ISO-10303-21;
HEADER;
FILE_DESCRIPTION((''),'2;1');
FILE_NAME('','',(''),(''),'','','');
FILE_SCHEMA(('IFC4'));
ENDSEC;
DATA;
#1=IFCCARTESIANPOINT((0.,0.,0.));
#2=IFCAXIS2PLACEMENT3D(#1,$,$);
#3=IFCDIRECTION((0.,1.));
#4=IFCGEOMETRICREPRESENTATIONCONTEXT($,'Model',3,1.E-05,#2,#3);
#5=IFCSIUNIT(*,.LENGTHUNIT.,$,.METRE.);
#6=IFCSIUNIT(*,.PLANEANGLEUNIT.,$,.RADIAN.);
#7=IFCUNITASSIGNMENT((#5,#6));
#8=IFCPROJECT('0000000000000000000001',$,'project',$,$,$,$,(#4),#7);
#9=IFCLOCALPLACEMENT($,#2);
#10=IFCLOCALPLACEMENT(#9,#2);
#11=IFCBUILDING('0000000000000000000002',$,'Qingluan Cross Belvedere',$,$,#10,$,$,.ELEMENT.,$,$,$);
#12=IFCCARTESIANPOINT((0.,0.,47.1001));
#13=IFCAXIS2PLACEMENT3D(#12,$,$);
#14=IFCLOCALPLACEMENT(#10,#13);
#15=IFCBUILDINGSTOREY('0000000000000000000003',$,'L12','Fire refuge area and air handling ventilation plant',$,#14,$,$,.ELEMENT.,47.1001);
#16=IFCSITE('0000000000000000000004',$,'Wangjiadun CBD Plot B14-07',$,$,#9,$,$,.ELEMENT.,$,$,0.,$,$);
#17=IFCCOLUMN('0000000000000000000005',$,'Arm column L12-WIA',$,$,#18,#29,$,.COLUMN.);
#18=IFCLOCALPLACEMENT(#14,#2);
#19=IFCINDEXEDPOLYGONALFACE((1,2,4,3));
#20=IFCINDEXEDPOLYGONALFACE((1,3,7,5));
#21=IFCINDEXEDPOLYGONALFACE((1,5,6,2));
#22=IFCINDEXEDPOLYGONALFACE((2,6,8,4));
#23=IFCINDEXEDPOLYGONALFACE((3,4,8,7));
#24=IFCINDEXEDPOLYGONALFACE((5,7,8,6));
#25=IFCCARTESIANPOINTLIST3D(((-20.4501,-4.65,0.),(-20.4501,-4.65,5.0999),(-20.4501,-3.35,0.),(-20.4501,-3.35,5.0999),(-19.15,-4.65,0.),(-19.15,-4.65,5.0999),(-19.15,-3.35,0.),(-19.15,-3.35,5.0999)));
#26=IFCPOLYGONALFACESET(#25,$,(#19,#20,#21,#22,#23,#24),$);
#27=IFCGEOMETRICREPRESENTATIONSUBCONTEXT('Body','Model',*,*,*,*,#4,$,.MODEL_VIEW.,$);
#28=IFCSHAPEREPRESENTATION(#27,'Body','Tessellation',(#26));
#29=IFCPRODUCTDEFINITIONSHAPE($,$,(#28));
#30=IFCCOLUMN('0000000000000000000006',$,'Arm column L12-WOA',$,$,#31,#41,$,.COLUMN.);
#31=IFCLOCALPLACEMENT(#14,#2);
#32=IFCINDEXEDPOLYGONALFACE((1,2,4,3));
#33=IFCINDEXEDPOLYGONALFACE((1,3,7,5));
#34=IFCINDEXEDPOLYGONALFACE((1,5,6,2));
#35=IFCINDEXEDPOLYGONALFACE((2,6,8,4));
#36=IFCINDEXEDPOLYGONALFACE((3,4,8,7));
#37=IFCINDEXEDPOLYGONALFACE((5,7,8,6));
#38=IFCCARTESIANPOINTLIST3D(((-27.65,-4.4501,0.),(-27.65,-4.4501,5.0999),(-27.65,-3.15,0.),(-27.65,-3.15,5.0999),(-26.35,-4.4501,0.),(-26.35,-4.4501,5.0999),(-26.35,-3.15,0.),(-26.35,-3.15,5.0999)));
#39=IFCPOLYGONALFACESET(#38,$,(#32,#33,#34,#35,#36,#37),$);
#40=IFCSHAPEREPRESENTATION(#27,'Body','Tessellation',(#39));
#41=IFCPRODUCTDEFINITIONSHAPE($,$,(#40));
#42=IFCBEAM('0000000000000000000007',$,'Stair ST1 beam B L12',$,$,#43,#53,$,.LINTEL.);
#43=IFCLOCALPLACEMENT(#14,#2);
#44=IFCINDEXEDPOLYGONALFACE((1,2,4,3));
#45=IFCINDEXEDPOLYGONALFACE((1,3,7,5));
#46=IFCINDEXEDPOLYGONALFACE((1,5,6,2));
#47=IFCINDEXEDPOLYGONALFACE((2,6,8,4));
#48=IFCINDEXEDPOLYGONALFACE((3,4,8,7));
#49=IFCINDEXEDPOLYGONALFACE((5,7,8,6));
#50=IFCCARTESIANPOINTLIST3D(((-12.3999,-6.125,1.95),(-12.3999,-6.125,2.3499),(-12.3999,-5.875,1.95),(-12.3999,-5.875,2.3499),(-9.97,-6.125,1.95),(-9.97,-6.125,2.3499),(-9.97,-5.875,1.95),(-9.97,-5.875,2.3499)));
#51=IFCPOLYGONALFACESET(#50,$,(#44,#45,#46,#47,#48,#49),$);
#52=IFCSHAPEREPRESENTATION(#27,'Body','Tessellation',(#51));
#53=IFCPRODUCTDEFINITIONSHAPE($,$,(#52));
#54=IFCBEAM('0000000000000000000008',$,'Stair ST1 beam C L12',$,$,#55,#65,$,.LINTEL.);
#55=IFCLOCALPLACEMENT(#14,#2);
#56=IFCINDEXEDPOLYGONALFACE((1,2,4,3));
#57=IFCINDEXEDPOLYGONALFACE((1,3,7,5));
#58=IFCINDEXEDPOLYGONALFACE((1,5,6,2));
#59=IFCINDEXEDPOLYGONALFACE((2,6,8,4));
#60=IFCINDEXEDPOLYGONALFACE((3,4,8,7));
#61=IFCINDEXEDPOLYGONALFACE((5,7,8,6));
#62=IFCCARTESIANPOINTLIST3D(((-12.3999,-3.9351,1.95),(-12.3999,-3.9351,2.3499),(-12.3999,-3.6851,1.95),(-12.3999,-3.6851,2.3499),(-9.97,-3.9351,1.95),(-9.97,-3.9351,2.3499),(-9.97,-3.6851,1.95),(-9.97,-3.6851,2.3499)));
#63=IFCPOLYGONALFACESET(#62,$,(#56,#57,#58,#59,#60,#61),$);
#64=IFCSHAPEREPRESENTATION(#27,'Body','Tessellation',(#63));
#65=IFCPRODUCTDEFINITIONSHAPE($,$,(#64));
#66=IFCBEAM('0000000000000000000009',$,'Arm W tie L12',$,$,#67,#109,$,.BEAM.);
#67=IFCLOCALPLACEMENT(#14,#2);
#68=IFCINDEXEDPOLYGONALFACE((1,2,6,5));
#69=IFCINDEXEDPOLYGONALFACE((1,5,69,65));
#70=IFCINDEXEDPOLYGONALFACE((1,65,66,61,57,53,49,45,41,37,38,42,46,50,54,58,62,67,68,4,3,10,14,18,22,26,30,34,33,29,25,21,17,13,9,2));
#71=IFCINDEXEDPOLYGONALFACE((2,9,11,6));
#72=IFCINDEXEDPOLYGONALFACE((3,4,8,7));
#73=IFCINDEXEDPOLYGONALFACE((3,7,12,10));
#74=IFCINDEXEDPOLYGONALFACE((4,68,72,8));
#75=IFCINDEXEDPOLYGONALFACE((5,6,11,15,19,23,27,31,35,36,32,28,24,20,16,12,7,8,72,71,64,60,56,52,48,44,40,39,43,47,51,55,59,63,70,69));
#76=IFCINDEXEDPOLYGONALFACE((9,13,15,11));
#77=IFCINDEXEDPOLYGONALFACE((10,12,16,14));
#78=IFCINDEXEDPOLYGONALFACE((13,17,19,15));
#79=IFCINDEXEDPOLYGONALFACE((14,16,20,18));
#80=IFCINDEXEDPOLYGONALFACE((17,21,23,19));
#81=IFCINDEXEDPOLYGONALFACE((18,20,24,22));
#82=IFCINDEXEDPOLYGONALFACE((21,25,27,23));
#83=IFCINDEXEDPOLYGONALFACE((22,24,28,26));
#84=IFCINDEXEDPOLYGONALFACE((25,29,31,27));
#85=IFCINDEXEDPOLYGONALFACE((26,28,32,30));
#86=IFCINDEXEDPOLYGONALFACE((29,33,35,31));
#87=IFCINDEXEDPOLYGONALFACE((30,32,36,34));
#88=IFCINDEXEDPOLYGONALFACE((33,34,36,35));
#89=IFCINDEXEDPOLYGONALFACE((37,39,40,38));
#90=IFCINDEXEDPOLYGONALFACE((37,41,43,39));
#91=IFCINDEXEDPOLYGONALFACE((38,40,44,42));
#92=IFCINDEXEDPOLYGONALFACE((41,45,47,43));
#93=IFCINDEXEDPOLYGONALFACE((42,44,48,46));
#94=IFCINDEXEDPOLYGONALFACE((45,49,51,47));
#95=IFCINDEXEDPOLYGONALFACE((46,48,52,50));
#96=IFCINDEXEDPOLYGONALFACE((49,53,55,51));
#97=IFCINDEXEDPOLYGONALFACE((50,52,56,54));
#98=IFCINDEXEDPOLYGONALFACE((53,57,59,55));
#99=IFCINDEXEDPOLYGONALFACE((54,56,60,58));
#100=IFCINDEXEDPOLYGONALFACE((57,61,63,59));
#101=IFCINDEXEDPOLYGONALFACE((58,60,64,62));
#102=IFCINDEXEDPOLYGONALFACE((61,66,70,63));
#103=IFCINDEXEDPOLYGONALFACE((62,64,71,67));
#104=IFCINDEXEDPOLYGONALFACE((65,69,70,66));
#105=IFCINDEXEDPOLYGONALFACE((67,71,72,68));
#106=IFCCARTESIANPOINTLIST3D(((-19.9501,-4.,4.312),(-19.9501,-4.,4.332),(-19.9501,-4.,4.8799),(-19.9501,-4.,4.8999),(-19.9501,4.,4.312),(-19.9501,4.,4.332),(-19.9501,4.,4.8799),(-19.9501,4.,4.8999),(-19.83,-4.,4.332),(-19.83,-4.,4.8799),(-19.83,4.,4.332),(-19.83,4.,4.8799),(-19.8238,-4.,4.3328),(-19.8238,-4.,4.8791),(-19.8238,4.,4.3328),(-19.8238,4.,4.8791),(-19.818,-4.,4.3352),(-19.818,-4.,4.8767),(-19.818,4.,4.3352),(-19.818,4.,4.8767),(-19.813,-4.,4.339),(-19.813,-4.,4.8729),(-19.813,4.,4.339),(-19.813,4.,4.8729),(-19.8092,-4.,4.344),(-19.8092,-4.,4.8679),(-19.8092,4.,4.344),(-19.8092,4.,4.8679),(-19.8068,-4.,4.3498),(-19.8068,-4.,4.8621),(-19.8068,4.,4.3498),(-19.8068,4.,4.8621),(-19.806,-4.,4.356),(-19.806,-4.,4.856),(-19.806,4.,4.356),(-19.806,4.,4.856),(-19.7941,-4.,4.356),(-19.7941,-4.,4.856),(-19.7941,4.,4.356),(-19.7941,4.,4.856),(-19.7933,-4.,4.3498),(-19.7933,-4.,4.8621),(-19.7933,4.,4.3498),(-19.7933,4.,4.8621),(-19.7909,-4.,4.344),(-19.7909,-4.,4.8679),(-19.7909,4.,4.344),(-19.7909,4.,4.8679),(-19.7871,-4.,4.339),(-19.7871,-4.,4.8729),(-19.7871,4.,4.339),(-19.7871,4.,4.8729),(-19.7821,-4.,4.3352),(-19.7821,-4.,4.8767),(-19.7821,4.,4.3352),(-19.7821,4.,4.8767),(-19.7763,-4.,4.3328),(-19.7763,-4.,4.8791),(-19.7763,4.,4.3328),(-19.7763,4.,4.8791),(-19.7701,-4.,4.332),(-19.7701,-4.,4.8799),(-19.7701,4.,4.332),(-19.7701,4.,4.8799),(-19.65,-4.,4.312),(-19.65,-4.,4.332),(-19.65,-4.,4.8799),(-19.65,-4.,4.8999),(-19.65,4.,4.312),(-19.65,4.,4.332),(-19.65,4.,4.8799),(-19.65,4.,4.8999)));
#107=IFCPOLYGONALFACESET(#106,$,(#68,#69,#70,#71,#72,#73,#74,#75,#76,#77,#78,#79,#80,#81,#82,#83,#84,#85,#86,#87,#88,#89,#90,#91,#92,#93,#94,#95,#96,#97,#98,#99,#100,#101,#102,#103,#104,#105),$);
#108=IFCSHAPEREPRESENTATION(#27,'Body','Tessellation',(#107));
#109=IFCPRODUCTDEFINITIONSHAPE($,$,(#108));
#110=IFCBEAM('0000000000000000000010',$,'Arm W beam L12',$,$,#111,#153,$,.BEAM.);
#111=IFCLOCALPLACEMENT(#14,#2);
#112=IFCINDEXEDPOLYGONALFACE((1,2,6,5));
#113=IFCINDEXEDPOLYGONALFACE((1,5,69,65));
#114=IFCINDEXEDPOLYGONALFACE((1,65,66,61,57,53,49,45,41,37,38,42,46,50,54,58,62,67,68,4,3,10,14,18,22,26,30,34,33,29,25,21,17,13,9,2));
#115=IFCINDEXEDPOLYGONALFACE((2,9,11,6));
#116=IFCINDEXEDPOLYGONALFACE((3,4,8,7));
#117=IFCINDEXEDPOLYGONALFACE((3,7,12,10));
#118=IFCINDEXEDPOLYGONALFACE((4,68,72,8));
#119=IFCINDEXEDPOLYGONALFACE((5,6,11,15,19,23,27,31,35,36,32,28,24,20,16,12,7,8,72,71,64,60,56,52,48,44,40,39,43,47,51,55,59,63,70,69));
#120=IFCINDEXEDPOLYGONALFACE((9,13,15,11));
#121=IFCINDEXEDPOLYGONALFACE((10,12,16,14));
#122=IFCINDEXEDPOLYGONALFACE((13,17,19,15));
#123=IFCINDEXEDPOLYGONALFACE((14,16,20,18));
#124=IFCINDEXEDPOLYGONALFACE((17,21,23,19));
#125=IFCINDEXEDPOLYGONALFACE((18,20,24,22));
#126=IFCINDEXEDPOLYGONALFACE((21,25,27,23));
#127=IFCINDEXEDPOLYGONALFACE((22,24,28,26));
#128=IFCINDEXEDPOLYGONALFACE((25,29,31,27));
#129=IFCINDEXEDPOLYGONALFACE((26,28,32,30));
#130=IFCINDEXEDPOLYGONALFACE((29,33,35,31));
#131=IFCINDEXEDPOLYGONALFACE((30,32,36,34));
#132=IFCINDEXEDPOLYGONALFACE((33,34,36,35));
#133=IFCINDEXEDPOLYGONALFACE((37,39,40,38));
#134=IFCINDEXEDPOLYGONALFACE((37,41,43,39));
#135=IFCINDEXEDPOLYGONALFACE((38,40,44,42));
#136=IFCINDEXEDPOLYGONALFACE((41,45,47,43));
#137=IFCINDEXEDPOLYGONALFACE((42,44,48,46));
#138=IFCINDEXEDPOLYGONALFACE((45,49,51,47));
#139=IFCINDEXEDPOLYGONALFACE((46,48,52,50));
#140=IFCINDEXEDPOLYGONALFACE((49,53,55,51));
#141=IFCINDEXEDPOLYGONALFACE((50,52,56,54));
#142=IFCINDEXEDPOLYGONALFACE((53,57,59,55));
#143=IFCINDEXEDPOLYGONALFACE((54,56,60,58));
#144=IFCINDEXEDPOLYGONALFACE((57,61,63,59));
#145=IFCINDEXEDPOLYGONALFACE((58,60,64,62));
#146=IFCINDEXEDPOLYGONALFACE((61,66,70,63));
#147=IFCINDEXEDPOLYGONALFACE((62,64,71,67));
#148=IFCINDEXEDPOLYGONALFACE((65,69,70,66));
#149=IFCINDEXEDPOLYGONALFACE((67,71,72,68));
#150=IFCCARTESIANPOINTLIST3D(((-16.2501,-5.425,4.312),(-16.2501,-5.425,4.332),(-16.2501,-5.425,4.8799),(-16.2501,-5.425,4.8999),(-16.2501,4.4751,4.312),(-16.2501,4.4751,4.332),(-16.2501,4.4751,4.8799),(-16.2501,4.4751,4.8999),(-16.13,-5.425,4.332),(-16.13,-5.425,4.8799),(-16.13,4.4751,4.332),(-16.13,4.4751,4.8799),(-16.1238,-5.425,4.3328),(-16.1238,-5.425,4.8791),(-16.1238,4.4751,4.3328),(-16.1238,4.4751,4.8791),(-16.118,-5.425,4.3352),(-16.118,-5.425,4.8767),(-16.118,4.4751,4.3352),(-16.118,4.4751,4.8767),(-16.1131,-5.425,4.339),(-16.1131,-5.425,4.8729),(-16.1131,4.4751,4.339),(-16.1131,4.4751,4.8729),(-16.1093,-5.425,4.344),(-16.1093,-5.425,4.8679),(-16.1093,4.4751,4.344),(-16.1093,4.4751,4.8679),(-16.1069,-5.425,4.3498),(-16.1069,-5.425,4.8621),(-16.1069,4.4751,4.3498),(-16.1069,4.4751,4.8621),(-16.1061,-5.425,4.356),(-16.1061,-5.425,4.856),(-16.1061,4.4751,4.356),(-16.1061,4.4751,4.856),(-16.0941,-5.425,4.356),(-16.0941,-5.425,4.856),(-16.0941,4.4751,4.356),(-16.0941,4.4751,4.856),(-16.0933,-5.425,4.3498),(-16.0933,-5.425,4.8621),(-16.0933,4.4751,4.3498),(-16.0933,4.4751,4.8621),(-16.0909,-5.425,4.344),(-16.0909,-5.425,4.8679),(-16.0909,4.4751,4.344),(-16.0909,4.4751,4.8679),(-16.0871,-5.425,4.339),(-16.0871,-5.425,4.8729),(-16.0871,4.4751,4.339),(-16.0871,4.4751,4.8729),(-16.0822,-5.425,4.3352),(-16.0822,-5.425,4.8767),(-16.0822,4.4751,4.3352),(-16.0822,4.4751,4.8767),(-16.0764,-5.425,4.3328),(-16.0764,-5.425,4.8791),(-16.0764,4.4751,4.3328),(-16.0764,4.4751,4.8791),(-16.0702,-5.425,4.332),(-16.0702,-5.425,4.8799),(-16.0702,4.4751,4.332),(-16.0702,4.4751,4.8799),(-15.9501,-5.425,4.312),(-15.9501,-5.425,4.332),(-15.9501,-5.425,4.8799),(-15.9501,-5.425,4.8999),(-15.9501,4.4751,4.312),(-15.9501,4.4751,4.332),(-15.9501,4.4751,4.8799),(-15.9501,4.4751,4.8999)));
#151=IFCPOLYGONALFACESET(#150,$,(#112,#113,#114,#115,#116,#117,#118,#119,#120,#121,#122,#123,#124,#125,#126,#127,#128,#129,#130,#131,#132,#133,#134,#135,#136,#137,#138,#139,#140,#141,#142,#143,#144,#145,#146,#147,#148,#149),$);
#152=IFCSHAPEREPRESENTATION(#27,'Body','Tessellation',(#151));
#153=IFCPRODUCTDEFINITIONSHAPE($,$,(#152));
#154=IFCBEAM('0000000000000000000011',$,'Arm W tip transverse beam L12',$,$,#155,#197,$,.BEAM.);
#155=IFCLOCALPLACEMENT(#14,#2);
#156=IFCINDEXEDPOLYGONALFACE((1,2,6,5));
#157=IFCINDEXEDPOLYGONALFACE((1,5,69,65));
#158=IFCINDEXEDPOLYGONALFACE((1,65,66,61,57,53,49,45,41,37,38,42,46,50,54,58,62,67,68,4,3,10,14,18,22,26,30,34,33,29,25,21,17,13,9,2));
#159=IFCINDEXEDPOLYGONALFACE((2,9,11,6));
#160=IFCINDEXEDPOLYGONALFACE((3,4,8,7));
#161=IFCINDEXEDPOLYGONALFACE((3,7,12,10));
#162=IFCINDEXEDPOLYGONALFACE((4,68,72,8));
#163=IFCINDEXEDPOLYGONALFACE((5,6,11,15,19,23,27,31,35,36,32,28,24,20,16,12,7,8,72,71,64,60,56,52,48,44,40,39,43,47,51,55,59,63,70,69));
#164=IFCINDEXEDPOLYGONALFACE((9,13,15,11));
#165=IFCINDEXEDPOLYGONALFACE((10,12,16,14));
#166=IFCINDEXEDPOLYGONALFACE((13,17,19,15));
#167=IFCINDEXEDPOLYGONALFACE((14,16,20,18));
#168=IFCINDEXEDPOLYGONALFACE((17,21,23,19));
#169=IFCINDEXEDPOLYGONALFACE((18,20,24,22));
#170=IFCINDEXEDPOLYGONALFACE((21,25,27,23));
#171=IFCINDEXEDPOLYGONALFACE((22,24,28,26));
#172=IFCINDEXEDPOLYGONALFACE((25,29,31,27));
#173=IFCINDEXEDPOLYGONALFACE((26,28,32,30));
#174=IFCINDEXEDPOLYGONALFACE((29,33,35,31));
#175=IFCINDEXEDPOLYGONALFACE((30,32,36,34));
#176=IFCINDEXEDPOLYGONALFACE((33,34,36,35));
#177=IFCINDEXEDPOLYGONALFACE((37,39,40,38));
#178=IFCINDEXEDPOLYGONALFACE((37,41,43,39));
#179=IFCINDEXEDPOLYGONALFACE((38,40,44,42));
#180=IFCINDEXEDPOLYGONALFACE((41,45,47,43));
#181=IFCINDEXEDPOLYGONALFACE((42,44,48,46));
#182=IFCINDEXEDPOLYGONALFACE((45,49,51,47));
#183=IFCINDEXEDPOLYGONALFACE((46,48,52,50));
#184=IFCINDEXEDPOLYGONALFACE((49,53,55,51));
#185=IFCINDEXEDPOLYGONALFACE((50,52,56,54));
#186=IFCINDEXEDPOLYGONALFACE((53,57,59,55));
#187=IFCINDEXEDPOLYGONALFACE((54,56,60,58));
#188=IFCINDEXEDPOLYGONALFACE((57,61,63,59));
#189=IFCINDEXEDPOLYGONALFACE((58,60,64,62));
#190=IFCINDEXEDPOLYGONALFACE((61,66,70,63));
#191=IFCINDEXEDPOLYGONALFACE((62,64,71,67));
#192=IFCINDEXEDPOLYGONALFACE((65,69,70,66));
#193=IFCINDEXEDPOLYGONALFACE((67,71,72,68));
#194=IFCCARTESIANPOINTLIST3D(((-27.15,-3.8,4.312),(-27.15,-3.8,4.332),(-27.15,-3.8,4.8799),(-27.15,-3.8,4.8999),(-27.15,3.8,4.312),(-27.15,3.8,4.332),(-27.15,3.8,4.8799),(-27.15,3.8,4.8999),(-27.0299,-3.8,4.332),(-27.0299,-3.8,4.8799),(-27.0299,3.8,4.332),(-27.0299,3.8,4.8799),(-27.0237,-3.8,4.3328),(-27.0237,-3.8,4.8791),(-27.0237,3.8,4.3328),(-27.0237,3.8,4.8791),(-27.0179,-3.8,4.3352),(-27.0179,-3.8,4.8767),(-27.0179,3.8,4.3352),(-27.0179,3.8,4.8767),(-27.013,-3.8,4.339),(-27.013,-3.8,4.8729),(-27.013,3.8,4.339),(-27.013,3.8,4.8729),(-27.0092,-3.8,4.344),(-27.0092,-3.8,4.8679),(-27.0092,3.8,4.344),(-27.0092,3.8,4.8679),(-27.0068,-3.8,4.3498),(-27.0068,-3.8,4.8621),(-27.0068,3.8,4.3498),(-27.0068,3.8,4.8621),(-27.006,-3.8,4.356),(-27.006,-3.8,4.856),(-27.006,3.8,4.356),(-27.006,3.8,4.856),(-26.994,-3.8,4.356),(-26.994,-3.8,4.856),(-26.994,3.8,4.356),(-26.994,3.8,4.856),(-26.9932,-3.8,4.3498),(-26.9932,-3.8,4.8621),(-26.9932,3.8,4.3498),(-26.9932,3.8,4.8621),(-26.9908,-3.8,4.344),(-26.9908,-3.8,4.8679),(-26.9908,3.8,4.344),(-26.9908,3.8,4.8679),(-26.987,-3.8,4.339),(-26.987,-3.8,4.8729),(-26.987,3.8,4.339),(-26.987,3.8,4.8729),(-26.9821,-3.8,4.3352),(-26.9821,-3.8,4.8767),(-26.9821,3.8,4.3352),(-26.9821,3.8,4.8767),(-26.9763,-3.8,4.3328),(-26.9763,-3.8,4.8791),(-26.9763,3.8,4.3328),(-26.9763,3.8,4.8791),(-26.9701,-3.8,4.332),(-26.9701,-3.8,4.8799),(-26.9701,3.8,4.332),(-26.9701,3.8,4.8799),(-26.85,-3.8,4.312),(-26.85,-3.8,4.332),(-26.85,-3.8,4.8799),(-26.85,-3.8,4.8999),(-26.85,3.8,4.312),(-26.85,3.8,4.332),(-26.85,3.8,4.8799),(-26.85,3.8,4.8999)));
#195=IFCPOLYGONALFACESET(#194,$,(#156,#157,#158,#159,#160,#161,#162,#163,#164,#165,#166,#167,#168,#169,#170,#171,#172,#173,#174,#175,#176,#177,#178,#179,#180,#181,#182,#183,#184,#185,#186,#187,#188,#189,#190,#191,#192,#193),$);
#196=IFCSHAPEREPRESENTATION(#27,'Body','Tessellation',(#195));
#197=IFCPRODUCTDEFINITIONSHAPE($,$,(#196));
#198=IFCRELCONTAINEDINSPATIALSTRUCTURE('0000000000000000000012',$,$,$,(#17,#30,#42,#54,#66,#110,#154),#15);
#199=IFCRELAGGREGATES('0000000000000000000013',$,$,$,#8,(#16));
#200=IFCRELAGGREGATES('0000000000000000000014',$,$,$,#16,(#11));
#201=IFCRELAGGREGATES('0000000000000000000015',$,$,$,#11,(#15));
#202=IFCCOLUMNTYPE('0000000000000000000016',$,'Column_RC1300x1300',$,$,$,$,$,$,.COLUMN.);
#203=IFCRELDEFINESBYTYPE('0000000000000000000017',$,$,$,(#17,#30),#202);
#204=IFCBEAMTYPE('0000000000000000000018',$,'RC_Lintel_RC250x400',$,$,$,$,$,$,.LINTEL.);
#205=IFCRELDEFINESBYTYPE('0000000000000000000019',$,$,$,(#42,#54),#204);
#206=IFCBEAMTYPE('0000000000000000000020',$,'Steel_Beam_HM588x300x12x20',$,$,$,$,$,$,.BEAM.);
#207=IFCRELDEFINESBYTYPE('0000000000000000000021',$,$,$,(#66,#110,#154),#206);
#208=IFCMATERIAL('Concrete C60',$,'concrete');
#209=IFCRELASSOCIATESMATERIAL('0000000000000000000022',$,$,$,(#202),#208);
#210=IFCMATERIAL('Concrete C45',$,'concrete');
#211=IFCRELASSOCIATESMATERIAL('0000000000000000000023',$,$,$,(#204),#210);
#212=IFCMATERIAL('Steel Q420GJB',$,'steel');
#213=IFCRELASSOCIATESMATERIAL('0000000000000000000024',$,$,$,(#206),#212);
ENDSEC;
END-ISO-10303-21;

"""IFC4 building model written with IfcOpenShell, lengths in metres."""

from ifc_helpers import new_model, si_unit, direction, frame, origin, origin_2d, place, context, subcontext, project, spatial, rectangle, i_section, extrude, material, material_profile, profile_set, type_object, element, save


model = new_model("IFC4")

# Units and contexts
model_context = context("Model", 3, precision=1e-05, world=origin(), true_north=direction((0.0, 1.0)))
body_context = subcontext(model_context, "Body", "Model", "MODEL_VIEW")
ifc_project = project(units=[si_unit("LENGTHUNIT", "METRE"), si_unit("PLANEANGLEUNIT", "RADIAN")], contexts=[model_context])

# Site, building, storey
site_placement = place(None, origin())
site = spatial("IfcSite", under=ifc_project, at=site_placement, Name="Wangjiadun CBD Plot B14-07", CompositionType="ELEMENT", RefElevation=0.0)
building_placement = place(site_placement, origin())
building = spatial("IfcBuilding", under=site, at=building_placement, Name="Qingluan Cross Belvedere", CompositionType="ELEMENT")
storey_placement = place(building_placement, frame((0.0, 0.0, 47.1001)))
storey = spatial("IfcBuildingStorey", under=building, at=storey_placement, Name="L12", Description="Fire refuge area and air handling ventilation plant", CompositionType="ELEMENT", Elevation=47.1001)

# Columns
ifc_material_1 = material(Name="Concrete C60", Category="concrete")
ifc_material_profile_1 = material_profile(ifc_material_1, rectangle(XDim=1.3, YDim=1.3, at=origin_2d()), Name="RC1300x1300")
ifc_profile_set_1 = profile_set([ifc_material_profile_1], Name="Concrete C60")
column_type = type_object("IfcColumnType", Name="Column_RC1300x1300", PredefinedType="COLUMN", material=ifc_profile_set_1)
for number, where, z_axis, x_axis, name in (
    (1, (-19.8, -4.0, 0.0), (0.0, 0.0, 1.0), (1.0, 0.0, 0.0), "Arm column L12-WIA"),
    (2, (-27.0, -3.8, 0.0), (0.0, 0.0, 1.0), (1.0, 0.0, 0.0), "Arm column L12-WOA"),
):
    element("IfcColumn", number, at=place(storey_placement, frame(where, z_axis=z_axis, x_axis=x_axis)), inside=storey, type_object=column_type, Name=name, PredefinedType="COLUMN", context=body_context, shape_type="SweptSolid", body=[
        extrude(rectangle(XDim=1.3, YDim=1.3, at=origin_2d()), origin(), (0.0, 0.0, 1.0), 5.0999),
    ])

# Beams
ifc_material_2 = material(Name="Concrete C45", Category="concrete")
ifc_material_profile_2 = material_profile(ifc_material_2, rectangle(XDim=0.25, YDim=0.3999, at=origin_2d()), Name="RC250x400")
ifc_profile_set_2 = profile_set([ifc_material_profile_2], Name="Concrete C45")
beam_type_1 = type_object("IfcBeamType", Name="RC_Lintel_RC250x400", PredefinedType="LINTEL", material=ifc_profile_set_2)
for number, where, z_axis, x_axis, name in (
    (3, (-12.3999, -6.0, 2.1499), (1.0, 0.0, 0.0), (0.0, 1.0, 0.0), "Stair ST1 beam B L12"),
    (4, (-12.3999, -3.8101, 2.1499), (1.0, 0.0, 0.0), (0.0, 1.0, 0.0), "Stair ST1 beam C L12"),
):
    element("IfcBeam", number, at=place(storey_placement, frame(where, z_axis=z_axis, x_axis=x_axis)), inside=storey, type_object=beam_type_1, Name=name, PredefinedType="LINTEL", context=body_context, shape_type="SweptSolid", body=[
        extrude(rectangle(XDim=0.25, YDim=0.3999, at=origin_2d()), origin(), (0.0, 0.0, 1.0), 2.4299),
    ])
ifc_material_3 = material(Name="Steel Q420GJB", Category="steel")
ifc_material_profile_3 = material_profile(ifc_material_3, i_section(OverallWidth=0.3, OverallDepth=0.5879, WebThickness=0.012, FlangeThickness=0.02, FilletRadius=0.0239, at=origin_2d()), Name="HM588x300x12x20")
ifc_profile_set_3 = profile_set([ifc_material_profile_3], Name="Steel Q420GJB")
beam_type_2 = type_object("IfcBeamType", Name="Steel_Beam_HM588x300x12x20", PredefinedType="BEAM", material=ifc_profile_set_3)
beam_1_placement = place(storey_placement, frame((-19.8, -4.0, 4.606), z_axis=(0.0, 1.0, 0.0), x_axis=(-1.0, 0.0, 0.0)))
element("IfcBeam", 5, at=beam_1_placement, inside=storey, type_object=beam_type_2, Name="Arm W tie L12", PredefinedType="BEAM", context=body_context, shape_type="SweptSolid", body=[
    extrude(i_section(OverallWidth=0.3, OverallDepth=0.5879, WebThickness=0.012, FlangeThickness=0.02, FilletRadius=0.0239, at=origin_2d()), origin(), (0.0, 0.0, 1.0), 8.0),
])
beam_2_placement = place(storey_placement, frame((-16.1001, -5.425, 4.606), z_axis=(0.0, 1.0, 0.0), x_axis=(-1.0, 0.0, 0.0)))
element("IfcBeam", 6, at=beam_2_placement, inside=storey, type_object=beam_type_2, Name="Arm W beam L12", PredefinedType="BEAM", context=body_context, shape_type="SweptSolid", body=[
    extrude(i_section(OverallWidth=0.3, OverallDepth=0.5879, WebThickness=0.012, FlangeThickness=0.02, FilletRadius=0.0239, at=origin_2d()), origin(), (0.0, 0.0, 1.0), 9.9001),
])
beam_3_placement = place(storey_placement, frame((-27.0, -3.8, 4.606), z_axis=(0.0, 1.0, 0.0), x_axis=(-1.0, 0.0, 0.0)))
element("IfcBeam", 7, at=beam_3_placement, inside=storey, type_object=beam_type_2, Name="Arm W tip transverse beam L12", PredefinedType="BEAM", context=body_context, shape_type="SweptSolid", body=[
    extrude(i_section(OverallWidth=0.3, OverallDepth=0.5879, WebThickness=0.012, FlangeThickness=0.02, FilletRadius=0.0239, at=origin_2d()), origin(), (0.0, 0.0, 1.0), 7.6001),
])

save(model, "model.ifc")
